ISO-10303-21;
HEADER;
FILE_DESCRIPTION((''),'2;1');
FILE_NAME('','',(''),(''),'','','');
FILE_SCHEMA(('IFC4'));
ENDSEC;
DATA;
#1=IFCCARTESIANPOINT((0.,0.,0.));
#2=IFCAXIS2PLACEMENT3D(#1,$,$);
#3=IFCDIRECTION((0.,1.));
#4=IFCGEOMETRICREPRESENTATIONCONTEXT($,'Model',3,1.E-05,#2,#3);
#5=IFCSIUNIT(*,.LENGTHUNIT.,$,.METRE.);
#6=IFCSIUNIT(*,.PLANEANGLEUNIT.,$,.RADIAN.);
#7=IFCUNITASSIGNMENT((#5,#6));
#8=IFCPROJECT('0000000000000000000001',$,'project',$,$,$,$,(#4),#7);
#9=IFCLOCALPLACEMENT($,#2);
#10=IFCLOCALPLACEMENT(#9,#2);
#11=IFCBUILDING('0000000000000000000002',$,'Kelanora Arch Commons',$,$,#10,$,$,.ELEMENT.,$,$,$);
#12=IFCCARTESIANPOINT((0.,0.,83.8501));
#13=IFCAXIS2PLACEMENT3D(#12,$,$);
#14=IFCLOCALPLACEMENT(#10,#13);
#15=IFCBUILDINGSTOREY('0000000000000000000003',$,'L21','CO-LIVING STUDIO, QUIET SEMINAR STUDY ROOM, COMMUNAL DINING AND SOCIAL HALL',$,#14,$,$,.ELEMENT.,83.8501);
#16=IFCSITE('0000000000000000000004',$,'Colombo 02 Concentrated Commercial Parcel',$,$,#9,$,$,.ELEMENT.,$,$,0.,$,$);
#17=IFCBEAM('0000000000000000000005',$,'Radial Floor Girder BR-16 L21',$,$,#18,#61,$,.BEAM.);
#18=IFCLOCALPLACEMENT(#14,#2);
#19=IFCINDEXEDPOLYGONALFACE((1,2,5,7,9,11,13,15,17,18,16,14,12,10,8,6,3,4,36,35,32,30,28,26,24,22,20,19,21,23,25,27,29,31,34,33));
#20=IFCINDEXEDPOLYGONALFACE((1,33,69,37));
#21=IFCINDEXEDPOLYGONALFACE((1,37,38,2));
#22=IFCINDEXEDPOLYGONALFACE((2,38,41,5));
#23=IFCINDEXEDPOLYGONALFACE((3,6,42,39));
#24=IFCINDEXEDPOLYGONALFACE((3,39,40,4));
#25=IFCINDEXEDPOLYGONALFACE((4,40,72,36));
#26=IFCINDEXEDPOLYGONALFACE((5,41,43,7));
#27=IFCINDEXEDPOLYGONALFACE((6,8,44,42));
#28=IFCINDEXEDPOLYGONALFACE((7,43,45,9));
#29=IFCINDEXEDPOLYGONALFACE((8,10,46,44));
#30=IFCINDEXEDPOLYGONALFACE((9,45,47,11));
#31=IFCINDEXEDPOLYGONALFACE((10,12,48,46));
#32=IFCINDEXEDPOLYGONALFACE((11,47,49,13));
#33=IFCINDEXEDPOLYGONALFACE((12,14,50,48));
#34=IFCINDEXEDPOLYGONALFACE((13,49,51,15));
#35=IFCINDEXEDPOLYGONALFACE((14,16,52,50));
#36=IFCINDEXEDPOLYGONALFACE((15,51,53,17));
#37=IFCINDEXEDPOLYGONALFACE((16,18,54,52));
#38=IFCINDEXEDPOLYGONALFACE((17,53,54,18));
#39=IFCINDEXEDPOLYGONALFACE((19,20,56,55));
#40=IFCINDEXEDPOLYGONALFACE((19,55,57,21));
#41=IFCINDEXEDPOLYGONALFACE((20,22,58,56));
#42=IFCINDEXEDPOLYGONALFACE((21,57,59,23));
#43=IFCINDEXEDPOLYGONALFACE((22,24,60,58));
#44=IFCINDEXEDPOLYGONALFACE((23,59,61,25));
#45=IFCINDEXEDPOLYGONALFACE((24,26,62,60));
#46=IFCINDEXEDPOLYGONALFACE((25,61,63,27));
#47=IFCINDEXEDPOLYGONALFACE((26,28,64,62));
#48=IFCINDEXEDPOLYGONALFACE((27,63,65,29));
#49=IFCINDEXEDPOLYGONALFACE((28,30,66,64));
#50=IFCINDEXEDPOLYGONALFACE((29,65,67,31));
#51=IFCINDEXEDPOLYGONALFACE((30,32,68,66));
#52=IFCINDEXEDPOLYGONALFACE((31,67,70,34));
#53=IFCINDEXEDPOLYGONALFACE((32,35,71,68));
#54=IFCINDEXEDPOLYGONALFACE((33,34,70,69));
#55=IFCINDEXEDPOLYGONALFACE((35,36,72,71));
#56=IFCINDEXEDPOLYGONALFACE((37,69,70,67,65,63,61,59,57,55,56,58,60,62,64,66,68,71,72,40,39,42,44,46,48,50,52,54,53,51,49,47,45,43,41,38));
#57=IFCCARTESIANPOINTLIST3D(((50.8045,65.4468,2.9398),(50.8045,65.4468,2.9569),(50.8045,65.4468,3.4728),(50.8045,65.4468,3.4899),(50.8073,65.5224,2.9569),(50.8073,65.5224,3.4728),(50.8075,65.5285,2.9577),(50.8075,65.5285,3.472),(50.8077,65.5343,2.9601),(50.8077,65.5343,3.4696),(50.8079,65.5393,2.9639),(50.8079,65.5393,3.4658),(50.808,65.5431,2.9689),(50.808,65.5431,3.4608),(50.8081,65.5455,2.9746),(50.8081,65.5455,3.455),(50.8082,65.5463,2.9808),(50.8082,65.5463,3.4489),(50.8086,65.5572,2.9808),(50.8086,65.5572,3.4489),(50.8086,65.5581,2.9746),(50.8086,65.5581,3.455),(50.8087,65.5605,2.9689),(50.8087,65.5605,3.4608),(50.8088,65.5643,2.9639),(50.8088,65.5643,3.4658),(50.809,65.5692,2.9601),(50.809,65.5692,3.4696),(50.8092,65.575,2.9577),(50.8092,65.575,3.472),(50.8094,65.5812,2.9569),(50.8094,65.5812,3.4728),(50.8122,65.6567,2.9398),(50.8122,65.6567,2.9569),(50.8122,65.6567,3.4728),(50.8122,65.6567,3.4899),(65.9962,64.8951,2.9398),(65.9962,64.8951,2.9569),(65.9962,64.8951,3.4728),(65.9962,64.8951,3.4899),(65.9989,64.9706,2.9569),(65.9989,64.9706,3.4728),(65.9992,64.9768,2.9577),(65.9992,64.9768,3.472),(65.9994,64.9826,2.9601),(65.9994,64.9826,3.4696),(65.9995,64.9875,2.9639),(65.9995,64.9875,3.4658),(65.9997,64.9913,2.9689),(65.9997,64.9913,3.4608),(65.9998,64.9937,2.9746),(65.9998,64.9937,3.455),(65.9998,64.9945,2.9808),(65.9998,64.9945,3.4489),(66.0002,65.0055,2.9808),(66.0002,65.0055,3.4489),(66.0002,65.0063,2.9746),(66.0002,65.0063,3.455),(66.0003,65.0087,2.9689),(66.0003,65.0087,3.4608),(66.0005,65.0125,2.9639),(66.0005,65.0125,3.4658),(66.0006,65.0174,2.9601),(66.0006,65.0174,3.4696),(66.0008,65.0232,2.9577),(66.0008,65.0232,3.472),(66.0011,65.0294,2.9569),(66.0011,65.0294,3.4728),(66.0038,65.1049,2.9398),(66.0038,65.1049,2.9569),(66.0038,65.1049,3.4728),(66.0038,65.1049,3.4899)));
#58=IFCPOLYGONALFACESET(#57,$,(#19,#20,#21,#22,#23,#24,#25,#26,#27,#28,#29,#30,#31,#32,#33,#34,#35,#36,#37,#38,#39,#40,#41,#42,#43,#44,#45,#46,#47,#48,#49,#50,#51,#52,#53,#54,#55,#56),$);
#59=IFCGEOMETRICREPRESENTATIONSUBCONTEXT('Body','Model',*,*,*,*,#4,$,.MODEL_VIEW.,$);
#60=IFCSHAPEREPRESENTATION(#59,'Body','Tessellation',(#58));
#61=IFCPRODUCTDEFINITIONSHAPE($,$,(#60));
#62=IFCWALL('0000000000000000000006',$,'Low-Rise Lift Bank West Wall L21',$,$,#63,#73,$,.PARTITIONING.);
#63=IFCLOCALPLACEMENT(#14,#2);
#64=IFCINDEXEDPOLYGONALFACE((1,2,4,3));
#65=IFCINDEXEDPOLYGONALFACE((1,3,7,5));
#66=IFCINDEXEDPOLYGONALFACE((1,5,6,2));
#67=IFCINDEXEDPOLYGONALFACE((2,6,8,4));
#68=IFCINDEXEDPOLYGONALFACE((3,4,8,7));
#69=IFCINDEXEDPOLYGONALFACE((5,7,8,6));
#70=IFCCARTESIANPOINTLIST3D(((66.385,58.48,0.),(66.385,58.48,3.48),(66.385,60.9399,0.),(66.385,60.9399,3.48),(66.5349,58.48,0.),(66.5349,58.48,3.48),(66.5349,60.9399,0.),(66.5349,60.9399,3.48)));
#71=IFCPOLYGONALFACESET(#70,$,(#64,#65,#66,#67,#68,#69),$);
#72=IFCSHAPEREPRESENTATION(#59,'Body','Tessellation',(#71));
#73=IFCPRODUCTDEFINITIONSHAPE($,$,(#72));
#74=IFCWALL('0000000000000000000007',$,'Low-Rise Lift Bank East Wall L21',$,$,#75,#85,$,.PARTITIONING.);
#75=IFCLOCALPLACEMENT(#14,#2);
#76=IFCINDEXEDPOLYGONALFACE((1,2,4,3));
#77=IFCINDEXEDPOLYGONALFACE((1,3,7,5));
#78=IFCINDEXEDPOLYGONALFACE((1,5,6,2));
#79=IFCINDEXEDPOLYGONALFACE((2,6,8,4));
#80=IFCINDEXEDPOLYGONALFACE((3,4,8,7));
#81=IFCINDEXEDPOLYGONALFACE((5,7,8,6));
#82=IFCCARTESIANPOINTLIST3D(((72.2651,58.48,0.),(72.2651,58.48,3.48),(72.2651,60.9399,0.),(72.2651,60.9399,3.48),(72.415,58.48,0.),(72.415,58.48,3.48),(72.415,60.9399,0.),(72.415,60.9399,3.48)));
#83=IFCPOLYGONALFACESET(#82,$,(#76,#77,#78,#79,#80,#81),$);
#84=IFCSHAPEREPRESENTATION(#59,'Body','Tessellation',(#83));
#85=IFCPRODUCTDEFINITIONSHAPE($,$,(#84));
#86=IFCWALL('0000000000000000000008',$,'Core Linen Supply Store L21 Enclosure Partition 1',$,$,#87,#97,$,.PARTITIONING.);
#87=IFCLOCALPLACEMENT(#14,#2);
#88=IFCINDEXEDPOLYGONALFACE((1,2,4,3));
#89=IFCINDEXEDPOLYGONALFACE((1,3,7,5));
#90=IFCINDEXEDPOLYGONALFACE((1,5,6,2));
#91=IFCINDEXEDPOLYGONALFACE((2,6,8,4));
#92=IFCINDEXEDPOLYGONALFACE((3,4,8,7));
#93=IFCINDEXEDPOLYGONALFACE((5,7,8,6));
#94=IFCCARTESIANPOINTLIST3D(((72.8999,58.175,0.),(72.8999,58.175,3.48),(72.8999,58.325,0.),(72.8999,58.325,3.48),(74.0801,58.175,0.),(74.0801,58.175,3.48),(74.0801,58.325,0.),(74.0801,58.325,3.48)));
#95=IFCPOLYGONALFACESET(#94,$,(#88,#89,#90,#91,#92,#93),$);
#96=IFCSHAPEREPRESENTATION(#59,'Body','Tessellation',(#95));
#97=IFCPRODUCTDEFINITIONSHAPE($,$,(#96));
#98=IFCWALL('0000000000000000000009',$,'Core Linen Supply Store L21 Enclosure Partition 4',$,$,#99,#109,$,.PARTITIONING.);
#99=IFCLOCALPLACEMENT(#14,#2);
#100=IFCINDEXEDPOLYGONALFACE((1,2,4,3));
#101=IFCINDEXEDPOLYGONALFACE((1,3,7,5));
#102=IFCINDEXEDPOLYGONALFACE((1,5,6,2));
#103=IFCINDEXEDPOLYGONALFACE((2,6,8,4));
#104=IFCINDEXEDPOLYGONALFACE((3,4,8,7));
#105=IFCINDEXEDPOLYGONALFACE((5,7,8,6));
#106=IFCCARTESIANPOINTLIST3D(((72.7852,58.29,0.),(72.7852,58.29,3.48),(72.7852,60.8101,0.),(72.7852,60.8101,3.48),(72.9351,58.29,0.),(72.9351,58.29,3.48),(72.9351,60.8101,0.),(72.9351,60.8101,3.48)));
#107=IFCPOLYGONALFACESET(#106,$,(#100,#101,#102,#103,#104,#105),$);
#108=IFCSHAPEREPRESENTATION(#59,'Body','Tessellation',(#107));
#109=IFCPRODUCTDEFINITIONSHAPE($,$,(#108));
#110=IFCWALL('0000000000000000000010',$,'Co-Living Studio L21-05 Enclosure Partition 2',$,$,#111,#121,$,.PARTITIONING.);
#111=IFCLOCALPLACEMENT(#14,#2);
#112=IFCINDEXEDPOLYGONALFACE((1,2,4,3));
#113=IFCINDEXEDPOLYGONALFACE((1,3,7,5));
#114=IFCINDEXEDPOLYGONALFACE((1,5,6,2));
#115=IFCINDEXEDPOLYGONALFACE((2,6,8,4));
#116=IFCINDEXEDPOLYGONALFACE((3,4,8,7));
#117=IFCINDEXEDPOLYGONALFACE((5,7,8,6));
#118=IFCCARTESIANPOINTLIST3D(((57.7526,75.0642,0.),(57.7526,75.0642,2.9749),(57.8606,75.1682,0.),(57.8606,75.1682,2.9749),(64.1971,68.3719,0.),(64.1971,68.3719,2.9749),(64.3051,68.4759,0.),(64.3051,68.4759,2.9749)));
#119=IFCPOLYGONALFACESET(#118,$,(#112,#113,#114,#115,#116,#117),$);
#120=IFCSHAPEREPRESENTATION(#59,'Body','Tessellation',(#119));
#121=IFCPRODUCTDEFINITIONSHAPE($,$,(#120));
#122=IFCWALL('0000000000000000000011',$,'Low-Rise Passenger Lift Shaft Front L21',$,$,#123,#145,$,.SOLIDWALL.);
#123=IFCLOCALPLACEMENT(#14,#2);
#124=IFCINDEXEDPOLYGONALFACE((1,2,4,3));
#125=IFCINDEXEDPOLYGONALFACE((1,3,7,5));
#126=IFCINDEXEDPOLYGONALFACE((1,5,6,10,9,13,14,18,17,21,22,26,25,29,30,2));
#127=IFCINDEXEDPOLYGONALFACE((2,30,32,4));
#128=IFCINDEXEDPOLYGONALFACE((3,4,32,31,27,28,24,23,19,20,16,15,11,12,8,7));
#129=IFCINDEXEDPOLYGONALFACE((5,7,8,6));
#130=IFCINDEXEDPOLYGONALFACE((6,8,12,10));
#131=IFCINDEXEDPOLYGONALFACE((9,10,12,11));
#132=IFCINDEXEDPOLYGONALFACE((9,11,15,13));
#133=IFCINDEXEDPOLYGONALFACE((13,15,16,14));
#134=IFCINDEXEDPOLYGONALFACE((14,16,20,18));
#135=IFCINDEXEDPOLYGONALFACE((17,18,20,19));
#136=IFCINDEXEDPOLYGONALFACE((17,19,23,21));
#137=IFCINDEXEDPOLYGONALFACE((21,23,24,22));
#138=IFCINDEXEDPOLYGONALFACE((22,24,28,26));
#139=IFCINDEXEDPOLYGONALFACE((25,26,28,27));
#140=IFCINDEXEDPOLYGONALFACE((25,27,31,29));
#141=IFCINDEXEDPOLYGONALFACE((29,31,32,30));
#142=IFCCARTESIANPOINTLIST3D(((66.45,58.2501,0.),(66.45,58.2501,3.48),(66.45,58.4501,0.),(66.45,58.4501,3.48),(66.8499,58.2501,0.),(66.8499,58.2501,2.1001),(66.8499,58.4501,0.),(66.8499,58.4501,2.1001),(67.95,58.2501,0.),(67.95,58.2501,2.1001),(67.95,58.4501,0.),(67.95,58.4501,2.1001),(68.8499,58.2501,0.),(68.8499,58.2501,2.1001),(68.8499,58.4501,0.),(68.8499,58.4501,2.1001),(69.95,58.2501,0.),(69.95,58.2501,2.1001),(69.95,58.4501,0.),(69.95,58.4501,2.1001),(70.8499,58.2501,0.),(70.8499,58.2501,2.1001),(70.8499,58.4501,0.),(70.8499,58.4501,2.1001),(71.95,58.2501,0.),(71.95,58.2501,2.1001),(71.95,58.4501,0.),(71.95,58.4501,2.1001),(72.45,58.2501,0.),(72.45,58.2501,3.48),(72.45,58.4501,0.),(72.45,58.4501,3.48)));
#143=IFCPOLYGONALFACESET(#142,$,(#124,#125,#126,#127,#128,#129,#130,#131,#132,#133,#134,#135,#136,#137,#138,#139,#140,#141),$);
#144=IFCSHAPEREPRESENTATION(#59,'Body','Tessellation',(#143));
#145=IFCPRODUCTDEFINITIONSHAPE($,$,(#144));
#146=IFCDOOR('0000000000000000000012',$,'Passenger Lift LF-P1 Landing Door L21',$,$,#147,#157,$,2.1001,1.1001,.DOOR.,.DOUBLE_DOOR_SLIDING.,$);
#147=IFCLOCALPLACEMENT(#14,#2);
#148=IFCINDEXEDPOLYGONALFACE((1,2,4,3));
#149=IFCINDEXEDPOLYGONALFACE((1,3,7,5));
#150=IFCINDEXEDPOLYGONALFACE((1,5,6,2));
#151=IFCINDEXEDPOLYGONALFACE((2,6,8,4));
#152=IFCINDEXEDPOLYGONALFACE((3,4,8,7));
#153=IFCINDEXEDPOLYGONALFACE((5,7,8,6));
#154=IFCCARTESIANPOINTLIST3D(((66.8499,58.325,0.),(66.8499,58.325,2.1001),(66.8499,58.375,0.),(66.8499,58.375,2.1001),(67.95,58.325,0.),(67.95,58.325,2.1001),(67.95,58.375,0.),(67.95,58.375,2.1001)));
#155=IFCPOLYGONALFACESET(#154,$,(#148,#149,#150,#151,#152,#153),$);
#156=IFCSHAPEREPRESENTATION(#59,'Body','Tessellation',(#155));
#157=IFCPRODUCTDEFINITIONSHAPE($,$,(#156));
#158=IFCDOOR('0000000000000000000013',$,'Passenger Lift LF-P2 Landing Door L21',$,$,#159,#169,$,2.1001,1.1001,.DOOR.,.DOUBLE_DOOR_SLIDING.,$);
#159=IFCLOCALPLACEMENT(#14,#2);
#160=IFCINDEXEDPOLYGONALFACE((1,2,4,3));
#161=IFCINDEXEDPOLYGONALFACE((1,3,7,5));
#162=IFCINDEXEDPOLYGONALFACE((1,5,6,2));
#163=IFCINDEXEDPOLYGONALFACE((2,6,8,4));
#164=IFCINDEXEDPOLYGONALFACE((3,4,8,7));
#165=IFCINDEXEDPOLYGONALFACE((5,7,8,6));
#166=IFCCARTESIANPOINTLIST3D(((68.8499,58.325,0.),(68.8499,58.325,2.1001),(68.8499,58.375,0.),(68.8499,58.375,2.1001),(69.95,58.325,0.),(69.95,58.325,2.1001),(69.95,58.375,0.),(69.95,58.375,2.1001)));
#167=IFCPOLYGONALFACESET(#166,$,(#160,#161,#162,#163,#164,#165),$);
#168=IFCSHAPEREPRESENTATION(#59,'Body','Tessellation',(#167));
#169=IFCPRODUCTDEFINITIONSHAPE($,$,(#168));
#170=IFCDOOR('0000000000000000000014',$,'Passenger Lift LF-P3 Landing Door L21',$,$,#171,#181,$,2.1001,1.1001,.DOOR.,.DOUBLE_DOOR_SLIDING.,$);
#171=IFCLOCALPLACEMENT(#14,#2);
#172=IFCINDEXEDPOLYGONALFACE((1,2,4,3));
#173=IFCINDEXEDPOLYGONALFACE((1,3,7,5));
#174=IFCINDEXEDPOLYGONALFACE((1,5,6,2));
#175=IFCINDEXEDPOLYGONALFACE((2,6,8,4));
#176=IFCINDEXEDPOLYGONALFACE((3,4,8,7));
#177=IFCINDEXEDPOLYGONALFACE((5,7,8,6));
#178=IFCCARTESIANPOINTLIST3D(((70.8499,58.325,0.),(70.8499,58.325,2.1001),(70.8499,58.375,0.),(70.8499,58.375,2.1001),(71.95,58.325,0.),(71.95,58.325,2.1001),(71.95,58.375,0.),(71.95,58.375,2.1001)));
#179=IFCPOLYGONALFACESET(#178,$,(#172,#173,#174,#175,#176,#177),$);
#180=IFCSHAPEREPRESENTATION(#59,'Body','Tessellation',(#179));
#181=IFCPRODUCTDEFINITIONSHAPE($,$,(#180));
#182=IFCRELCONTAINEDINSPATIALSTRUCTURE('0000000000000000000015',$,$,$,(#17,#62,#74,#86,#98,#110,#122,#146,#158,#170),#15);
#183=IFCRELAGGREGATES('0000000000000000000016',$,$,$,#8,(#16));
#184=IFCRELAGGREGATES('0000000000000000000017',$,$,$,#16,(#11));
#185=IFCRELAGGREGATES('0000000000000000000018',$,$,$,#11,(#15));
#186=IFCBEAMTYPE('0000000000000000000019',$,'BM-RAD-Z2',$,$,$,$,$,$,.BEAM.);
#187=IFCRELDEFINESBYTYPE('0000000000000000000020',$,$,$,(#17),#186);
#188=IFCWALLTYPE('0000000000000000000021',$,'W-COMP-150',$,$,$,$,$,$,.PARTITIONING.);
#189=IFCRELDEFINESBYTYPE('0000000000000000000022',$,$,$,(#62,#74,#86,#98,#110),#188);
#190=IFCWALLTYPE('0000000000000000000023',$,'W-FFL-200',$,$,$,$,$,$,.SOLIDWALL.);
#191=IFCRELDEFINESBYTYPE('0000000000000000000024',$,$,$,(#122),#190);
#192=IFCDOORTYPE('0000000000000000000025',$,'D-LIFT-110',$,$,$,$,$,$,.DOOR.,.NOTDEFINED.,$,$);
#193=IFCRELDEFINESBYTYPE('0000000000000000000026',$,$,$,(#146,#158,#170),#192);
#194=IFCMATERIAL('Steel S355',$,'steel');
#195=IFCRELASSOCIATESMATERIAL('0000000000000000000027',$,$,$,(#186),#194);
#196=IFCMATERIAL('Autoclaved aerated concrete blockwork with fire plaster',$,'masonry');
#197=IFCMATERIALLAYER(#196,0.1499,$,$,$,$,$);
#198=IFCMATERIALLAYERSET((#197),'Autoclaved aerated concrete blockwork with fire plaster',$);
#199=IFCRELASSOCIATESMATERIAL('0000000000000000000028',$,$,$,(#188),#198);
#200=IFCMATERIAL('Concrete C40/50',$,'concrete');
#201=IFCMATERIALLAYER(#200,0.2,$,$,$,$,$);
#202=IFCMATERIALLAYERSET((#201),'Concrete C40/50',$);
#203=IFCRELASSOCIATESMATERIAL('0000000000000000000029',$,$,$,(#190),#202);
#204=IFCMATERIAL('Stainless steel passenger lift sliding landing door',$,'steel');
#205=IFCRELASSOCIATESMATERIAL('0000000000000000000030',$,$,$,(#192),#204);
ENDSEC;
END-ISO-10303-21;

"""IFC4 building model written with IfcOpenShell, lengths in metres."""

from ifc_helpers import new_model, si_unit, direction, frame, frame_2d, origin, origin_2d, place, context, subcontext, project, spatial, rectangle, i_section, extrude, material, layer, layer_set, material_profile, profile_set, type_object, element, fill, save


model = new_model("IFC4")

# Units and contexts
model_context = context("Model", 3, precision=1e-05, world=origin(), true_north=direction((0.0, 1.0)))
body_context = subcontext(model_context, "Body", "Model", "MODEL_VIEW")
ifc_project = project(units=[si_unit("LENGTHUNIT", "METRE"), si_unit("PLANEANGLEUNIT", "RADIAN")], contexts=[model_context])

# Site, building, storey
site_placement = place(None, origin())
site = spatial("IfcSite", under=ifc_project, at=site_placement, Name="Colombo 02 Concentrated Commercial Parcel", CompositionType="ELEMENT", RefElevation=0.0)
building_placement = place(site_placement, origin())
building = spatial("IfcBuilding", under=site, at=building_placement, Name="Kelanora Arch Commons", CompositionType="ELEMENT")
storey_placement = place(building_placement, frame((0.0, 0.0, 83.8501)))
storey = spatial("IfcBuildingStorey", under=building, at=storey_placement, Name="L21", Description="CO-LIVING STUDIO, QUIET SEMINAR STUDY ROOM, COMMUNAL DINING AND SOCIAL HALL", CompositionType="ELEMENT", Elevation=83.8501)

# Beam
ifc_material_1 = material(Name="Steel S355", Category="steel")
ifc_material_profile_1 = material_profile(ifc_material_1, i_section(OverallWidth=0.21, OverallDepth=0.55, WebThickness=0.011, FlangeThickness=0.0171, FilletRadius=0.0239, at=origin_2d()), Name="IPE550")
ifc_profile_set_1 = profile_set([ifc_material_profile_1], Name="Steel S355")
beam_type_1 = type_object("IfcBeamType", Name="BM-RAD-Z2", PredefinedType="BEAM", material=ifc_profile_set_1)
beam_1_placement = place(storey_placement, frame((66.0, 65.0, 3.2148), z_axis=(-0.999341, 0.036296, 0.0), x_axis=(-0.036296, -0.999341, 0.0)))
element("IfcBeam", 1, at=beam_1_placement, inside=storey, type_object=beam_type_1, Name="Radial Floor Girder BR-16 L21", PredefinedType="BEAM", context=body_context, shape_type="SweptSolid", body=[
    extrude(i_section(OverallWidth=0.21, OverallDepth=0.55, WebThickness=0.011, FlangeThickness=0.0171, FilletRadius=0.0239, at=origin_2d()), origin(), (0.0, 0.0, 1.0), 15.2017),
])

# Walls
ifc_material_2 = material(Name="Autoclaved aerated concrete blockwork with fire plaster", Category="masonry")
ifc_layer_1 = layer(ifc_material_2, 0.1499)
ifc_layer_set_1 = layer_set([ifc_layer_1], Name="Autoclaved aerated concrete blockwork with fire plaster")
wall_type_1 = type_object("IfcWallType", Name="W-COMP-150", PredefinedType="PARTITIONING", material=ifc_layer_set_1)
for number, where, z_axis, x_axis, name in (
    (2, (66.46, 58.48, 0.0), (0.0, 0.0, 1.0), (0.0, 1.0, 0.0), "Low-Rise Lift Bank West Wall L21"),
    (3, (72.3401, 58.48, 0.0), (0.0, 0.0, 1.0), (0.0, 1.0, 0.0), "Low-Rise Lift Bank East Wall L21"),
):
    element("IfcWall", number, at=place(storey_placement, frame(where, z_axis=z_axis, x_axis=x_axis)), inside=storey, type_object=wall_type_1, Name=name, PredefinedType="PARTITIONING", context=body_context, shape_type="SweptSolid", body=[
        extrude(rectangle(XDim=2.46, YDim=0.1499, at=frame_2d((1.23, 0.0))), origin(), (0.0, 0.0, 1.0), 3.48),
    ])
wall_1_placement = place(storey_placement, frame((72.8999, 58.25, 0.0), z_axis=(0.0, 0.0, 1.0), x_axis=(1.0, 0.0, 0.0)))
element("IfcWall", 4, at=wall_1_placement, inside=storey, type_object=wall_type_1, Name="Core Linen Supply Store L21 Enclosure Partition 1", PredefinedType="PARTITIONING", context=body_context, shape_type="SweptSolid", body=[
    extrude(rectangle(XDim=1.1802, YDim=0.1499, at=frame_2d((0.5901, 0.0))), origin(), (0.0, 0.0, 1.0), 3.48),
])
wall_2_placement = place(storey_placement, frame((72.8601, 60.8101, 0.0), z_axis=(0.0, 0.0, 1.0), x_axis=(0.0, -1.0, 0.0)))
element("IfcWall", 5, at=wall_2_placement, inside=storey, type_object=wall_type_1, Name="Core Linen Supply Store L21 Enclosure Partition 4", PredefinedType="PARTITIONING", context=body_context, shape_type="SweptSolid", body=[
    extrude(rectangle(XDim=2.52, YDim=0.1499, at=frame_2d((1.26, 0.0))), origin(), (0.0, 0.0, 1.0), 3.48),
])
wall_3_placement = place(storey_placement, frame((64.2512, 68.4238, 0.0), z_axis=(0.0, 0.0, 1.0), x_axis=(-0.693645, 0.720317, 0.0)))
element("IfcWall", 6, at=wall_3_placement, inside=storey, type_object=wall_type_1, Name="Co-Living Studio L21-05 Enclosure Partition 2", PredefinedType="PARTITIONING", context=body_context, shape_type="SweptSolid", body=[
    extrude(rectangle(XDim=9.2908, YDim=0.1499, at=frame_2d((4.6455, 0.0))), origin(), (0.0, 0.0, 1.0), 2.9749),
])

# Wall, openings, doors
ifc_material_3 = material(Name="Concrete C40/50", Category="concrete")
ifc_layer_2 = layer(ifc_material_3, 0.2)
ifc_layer_set_2 = layer_set([ifc_layer_2], Name="Concrete C40/50")
wall_type_2 = type_object("IfcWallType", Name="W-FFL-200", PredefinedType="SOLIDWALL", material=ifc_layer_set_2)
wall_4_placement = place(storey_placement, frame((66.45, 58.3501, 0.0), z_axis=(0.0, 0.0, 1.0), x_axis=(1.0, 0.0, 0.0)))
wall_4 = element("IfcWall", 7, at=wall_4_placement, inside=storey, type_object=wall_type_2, Name="Low-Rise Passenger Lift Shaft Front L21", PredefinedType="SOLIDWALL", context=body_context, shape_type="SweptSolid", body=[
    extrude(rectangle(XDim=6.0, YDim=0.2, at=frame_2d((3.0, 0.0))), origin(), (0.0, 0.0, 1.0), 3.48),
])
opening_1_placement = place(wall_4_placement, frame((0.3999, 0.0, 0.0)))
opening_1 = element("IfcOpeningElement", 8, at=opening_1_placement, cuts=wall_4, PredefinedType="OPENING", context=body_context, shape_type="SweptSolid", body=[
    extrude(rectangle(XDim=1.1001, YDim=2.1001, at=frame_2d((0.55, 1.05))), frame((0.0, 0.1099, 0.0), z_axis=(0.0, -1.0, 0.0), x_axis=(1.0, 0.0, 0.0)), (0.0, 0.0, 1.0), 0.22),
])
opening_2_placement = place(wall_4_placement, frame((2.3999, 0.0, 0.0)))
opening_2 = element("IfcOpeningElement", 9, at=opening_2_placement, cuts=wall_4, PredefinedType="OPENING", context=body_context, shape_type="SweptSolid", body=[
    extrude(rectangle(XDim=1.1001, YDim=2.1001, at=frame_2d((0.55, 1.05))), frame((0.0, 0.1099, 0.0), z_axis=(0.0, -1.0, 0.0), x_axis=(1.0, 0.0, 0.0)), (0.0, 0.0, 1.0), 0.22),
])
opening_3_placement = place(wall_4_placement, frame((4.3999, 0.0, 0.0)))
opening_3 = element("IfcOpeningElement", 10, at=opening_3_placement, cuts=wall_4, PredefinedType="OPENING", context=body_context, shape_type="SweptSolid", body=[
    extrude(rectangle(XDim=1.1001, YDim=2.1001, at=frame_2d((0.55, 1.05))), frame((0.0, 0.1099, 0.0), z_axis=(0.0, -1.0, 0.0), x_axis=(1.0, 0.0, 0.0)), (0.0, 0.0, 1.0), 0.22),
])
ifc_material_4 = material(Name="Stainless steel passenger lift sliding landing door", Category="steel")
door_type_1 = type_object("IfcDoorType", Name="D-LIFT-110", OperationType="NOTDEFINED", PredefinedType="DOOR", material=ifc_material_4)
door_1_placement = place(opening_1_placement, origin())
door_1 = element("IfcDoor", 11, at=door_1_placement, inside=storey, type_object=door_type_1, Name="Passenger Lift LF-P1 Landing Door L21", OperationType="DOUBLE_DOOR_SLIDING", OverallHeight=2.1001, OverallWidth=1.1001, PredefinedType="DOOR", context=body_context, shape_type="SweptSolid", body=[
    extrude(rectangle(XDim=1.1001, YDim=2.1001, at=frame_2d((0.55, 1.05))), frame((0.0, 0.0249, 0.0), z_axis=(0.0, -1.0, 0.0), x_axis=(1.0, 0.0, 0.0)), (0.0, 0.0, 1.0), 0.05),
])
fill(opening_1, door_1)
door_2_placement = place(opening_2_placement, origin())
door_2 = element("IfcDoor", 12, at=door_2_placement, inside=storey, type_object=door_type_1, Name="Passenger Lift LF-P2 Landing Door L21", OperationType="DOUBLE_DOOR_SLIDING", OverallHeight=2.1001, OverallWidth=1.1001, PredefinedType="DOOR", context=body_context, shape_type="SweptSolid", body=[
    extrude(rectangle(XDim=1.1001, YDim=2.1001, at=frame_2d((0.55, 1.05))), frame((0.0, 0.0249, 0.0), z_axis=(0.0, -1.0, 0.0), x_axis=(1.0, 0.0, 0.0)), (0.0, 0.0, 1.0), 0.05),
])
fill(opening_2, door_2)
door_3_placement = place(opening_3_placement, origin())
door_3 = element("IfcDoor", 13, at=door_3_placement, inside=storey, type_object=door_type_1, Name="Passenger Lift LF-P3 Landing Door L21", OperationType="DOUBLE_DOOR_SLIDING", OverallHeight=2.1001, OverallWidth=1.1001, PredefinedType="DOOR", context=body_context, shape_type="SweptSolid", body=[
    extrude(rectangle(XDim=1.1001, YDim=2.1001, at=frame_2d((0.55, 1.05))), frame((0.0, 0.0249, 0.0), z_axis=(0.0, -1.0, 0.0), x_axis=(1.0, 0.0, 0.0)), (0.0, 0.0, 1.0), 0.05),
])
fill(opening_3, door_3)

save(model, "model.ifc")
